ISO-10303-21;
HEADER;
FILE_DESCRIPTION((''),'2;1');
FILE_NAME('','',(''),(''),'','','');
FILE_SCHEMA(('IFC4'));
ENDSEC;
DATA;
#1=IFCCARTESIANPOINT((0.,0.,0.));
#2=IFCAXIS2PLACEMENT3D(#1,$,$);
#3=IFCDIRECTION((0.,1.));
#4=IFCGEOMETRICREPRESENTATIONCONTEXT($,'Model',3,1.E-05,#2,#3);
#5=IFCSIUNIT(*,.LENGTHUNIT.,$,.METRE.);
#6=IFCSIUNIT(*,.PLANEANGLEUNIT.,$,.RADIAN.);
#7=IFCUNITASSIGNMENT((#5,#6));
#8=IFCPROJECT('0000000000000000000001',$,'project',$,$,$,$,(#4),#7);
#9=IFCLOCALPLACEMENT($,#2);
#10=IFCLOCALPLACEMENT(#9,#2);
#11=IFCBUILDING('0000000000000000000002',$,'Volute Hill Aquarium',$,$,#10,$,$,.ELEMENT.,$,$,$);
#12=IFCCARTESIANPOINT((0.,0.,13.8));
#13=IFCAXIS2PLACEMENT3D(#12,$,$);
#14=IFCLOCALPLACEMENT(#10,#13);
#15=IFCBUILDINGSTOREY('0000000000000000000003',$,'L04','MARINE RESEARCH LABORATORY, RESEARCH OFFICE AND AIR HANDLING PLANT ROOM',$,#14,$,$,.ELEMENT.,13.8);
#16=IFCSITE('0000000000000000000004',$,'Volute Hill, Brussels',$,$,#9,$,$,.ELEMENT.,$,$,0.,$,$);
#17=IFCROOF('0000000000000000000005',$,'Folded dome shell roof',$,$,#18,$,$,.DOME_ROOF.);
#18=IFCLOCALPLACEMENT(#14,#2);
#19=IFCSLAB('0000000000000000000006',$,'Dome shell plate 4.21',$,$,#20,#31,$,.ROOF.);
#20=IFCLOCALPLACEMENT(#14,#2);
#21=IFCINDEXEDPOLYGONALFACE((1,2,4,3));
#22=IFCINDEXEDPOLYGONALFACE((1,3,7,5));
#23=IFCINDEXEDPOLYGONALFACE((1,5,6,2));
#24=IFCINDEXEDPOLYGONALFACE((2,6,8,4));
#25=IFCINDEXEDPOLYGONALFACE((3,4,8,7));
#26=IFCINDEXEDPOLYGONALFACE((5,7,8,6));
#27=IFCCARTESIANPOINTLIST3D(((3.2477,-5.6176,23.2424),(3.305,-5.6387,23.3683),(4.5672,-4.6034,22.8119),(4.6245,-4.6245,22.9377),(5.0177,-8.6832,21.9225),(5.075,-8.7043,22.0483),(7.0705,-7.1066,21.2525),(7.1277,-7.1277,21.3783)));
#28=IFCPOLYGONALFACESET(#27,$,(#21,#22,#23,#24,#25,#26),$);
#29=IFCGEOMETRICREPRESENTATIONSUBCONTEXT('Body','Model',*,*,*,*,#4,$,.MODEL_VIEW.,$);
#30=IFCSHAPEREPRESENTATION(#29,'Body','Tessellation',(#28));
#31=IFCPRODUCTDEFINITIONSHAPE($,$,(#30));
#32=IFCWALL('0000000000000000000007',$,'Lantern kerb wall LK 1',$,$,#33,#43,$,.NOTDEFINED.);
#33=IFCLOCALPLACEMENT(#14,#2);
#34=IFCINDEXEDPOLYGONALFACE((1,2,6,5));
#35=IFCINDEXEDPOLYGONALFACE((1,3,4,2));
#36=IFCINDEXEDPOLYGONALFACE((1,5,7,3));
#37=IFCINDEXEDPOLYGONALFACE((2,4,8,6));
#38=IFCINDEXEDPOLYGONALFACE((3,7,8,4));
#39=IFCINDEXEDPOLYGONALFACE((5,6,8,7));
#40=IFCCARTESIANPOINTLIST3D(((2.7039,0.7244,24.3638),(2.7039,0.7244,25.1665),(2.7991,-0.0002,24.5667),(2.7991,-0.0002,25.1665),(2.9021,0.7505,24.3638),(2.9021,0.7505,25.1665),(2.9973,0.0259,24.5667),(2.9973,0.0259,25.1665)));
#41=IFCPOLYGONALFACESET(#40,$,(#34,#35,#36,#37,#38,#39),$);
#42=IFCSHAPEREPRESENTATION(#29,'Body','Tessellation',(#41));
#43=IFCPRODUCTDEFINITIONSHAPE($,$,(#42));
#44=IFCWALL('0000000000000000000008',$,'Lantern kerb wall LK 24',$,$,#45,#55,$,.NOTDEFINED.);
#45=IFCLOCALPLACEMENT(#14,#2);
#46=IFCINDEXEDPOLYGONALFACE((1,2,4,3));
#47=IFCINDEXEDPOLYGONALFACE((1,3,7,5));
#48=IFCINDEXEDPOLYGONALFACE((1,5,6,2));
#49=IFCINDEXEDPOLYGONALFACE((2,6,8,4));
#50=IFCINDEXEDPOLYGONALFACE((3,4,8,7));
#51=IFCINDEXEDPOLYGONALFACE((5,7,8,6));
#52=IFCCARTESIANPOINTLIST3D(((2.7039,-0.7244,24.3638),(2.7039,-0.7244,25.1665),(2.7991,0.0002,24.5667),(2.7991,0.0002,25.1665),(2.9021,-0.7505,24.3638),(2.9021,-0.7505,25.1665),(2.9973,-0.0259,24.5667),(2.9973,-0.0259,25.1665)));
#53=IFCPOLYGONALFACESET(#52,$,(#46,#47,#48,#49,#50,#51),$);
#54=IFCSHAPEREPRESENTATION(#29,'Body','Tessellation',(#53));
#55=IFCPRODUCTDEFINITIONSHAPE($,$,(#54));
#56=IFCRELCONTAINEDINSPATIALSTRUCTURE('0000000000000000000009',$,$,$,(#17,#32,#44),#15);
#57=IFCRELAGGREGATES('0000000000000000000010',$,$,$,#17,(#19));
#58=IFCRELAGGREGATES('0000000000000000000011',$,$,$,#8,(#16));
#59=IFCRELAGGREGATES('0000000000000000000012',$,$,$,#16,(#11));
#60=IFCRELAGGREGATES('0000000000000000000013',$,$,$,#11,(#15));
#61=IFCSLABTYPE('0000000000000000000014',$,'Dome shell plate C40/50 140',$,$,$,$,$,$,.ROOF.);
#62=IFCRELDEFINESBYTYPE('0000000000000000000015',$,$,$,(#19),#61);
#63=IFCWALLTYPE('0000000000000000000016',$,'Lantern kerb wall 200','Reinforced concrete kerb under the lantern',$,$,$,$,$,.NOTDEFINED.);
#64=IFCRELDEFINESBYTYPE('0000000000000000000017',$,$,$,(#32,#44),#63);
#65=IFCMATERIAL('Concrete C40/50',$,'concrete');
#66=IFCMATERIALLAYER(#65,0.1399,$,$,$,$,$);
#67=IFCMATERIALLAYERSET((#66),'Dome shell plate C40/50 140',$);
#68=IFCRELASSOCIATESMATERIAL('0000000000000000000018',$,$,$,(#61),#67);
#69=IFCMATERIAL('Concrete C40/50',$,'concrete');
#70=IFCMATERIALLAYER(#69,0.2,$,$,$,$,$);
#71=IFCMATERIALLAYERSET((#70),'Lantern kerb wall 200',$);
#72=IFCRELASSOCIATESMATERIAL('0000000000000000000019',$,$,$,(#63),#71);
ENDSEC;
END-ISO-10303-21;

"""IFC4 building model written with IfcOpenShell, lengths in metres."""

from ifc_helpers import new_model, si_unit, direction, frame, origin, place, context, subcontext, project, spatial, polyline, outline, extrude, material, layer, layer_set, type_object, element, aggregate, save


model = new_model("IFC4")

# Units and contexts
model_context = context("Model", 3, precision=1e-05, world=origin(), true_north=direction((0.0, 1.0)))
body_context = subcontext(model_context, "Body", "Model", "MODEL_VIEW")
ifc_project = project(units=[si_unit("LENGTHUNIT", "METRE"), si_unit("PLANEANGLEUNIT", "RADIAN")], contexts=[model_context])

# Site, building, storey
site_placement = place(None, origin())
site = spatial("IfcSite", under=ifc_project, at=site_placement, Name="Volute Hill, Brussels", CompositionType="ELEMENT", RefElevation=0.0)
building_placement = place(site_placement, origin())
building = spatial("IfcBuilding", under=site, at=building_placement, Name="Volute Hill Aquarium", CompositionType="ELEMENT")
storey_placement = place(building_placement, frame((0.0, 0.0, 13.8)))
storey = spatial("IfcBuildingStorey", under=building, at=storey_placement, Name="L04", Description="MARINE RESEARCH LABORATORY, RESEARCH OFFICE AND AIR HANDLING PLANT ROOM", CompositionType="ELEMENT", Elevation=13.8)

# Roof, slab
roof_placement = place(storey_placement, origin())
roof = element("IfcRoof", 1, at=roof_placement, inside=storey, Name="Folded dome shell roof", PredefinedType="DOME_ROOF")
ifc_material_1 = material(Name="Concrete C40/50", Category="concrete")
ifc_layer_1 = layer(ifc_material_1, 0.1399)
ifc_layer_set_1 = layer_set([ifc_layer_1], Name="Dome shell plate C40/50 140")
slab_type_1 = type_object("IfcSlabType", Name="Dome shell plate C40/50 140", PredefinedType="ROOF", material=ifc_layer_set_1)
slab_1_placement = place(storey_placement, frame((5.075, -8.7043, 22.0483), z_axis=(0.409572, -0.150917, 0.899708), x_axis=(0.767773, 0.589682, -0.250598)))
slab_1 = element("IfcSlab", 2, at=slab_1_placement, type_object=slab_type_1, Name="Dome shell plate 4.21", PredefinedType="ROOF", context=body_context, shape_type="SweptSolid", body=[
    extrude(outline(polyline([(0.0, 0.0), (2.6737, 0.0), (1.8371, 3.7768), (0.1181, 3.7762), (0.0, 0.0)])), origin(), (0.0, 0.0, -1.0), 0.1399),
])
aggregate(roof, [slab_1])

# Walls
ifc_material_2 = material(Name="Concrete C40/50", Category="concrete")
ifc_layer_2 = layer(ifc_material_2, 0.2)
ifc_layer_set_2 = layer_set([ifc_layer_2], Name="Lantern kerb wall 200")
wall_type = type_object("IfcWallType", Name="Lantern kerb wall 200", Description="Reinforced concrete kerb under the lantern", PredefinedType="NOTDEFINED", material=ifc_layer_set_2)
wall_1_placement = place(storey_placement, frame((2.9973, 0.0259, 24.5667), z_axis=(0.991477, 0.130282, 0.0), x_axis=(-0.125534, 0.95535, -0.267485)))
element("IfcWall", 3, at=wall_1_placement, inside=storey, type_object=wall_type, Name="Lantern kerb wall LK 1", PredefinedType="NOTDEFINED", context=body_context, shape_type="SweptSolid", body=[
    extrude(outline(polyline([(0.0, 0.0), (0.7585, 0.0), (0.5438, 0.7735), (-0.1605, 0.578), (0.0, 0.0)])), origin(), (0.0, 0.0, -1.0), 0.2),
])
wall_2_placement = place(storey_placement, frame((2.9021, -0.7505, 24.3638), z_axis=(0.991477, -0.130282, 0.0), x_axis=(0.125534, 0.95535, 0.267485)))
element("IfcWall", 4, at=wall_2_placement, inside=storey, type_object=wall_type, Name="Lantern kerb wall LK 24", PredefinedType="NOTDEFINED", context=body_context, shape_type="SweptSolid", body=[
    extrude(outline(polyline([(0.0, 0.0), (0.7585, 0.0), (0.9189, 0.578), (0.2147, 0.7735), (0.0, 0.0)])), origin(), (0.0, 0.0, -1.0), 0.2),
])

save(model, "model.ifc")
